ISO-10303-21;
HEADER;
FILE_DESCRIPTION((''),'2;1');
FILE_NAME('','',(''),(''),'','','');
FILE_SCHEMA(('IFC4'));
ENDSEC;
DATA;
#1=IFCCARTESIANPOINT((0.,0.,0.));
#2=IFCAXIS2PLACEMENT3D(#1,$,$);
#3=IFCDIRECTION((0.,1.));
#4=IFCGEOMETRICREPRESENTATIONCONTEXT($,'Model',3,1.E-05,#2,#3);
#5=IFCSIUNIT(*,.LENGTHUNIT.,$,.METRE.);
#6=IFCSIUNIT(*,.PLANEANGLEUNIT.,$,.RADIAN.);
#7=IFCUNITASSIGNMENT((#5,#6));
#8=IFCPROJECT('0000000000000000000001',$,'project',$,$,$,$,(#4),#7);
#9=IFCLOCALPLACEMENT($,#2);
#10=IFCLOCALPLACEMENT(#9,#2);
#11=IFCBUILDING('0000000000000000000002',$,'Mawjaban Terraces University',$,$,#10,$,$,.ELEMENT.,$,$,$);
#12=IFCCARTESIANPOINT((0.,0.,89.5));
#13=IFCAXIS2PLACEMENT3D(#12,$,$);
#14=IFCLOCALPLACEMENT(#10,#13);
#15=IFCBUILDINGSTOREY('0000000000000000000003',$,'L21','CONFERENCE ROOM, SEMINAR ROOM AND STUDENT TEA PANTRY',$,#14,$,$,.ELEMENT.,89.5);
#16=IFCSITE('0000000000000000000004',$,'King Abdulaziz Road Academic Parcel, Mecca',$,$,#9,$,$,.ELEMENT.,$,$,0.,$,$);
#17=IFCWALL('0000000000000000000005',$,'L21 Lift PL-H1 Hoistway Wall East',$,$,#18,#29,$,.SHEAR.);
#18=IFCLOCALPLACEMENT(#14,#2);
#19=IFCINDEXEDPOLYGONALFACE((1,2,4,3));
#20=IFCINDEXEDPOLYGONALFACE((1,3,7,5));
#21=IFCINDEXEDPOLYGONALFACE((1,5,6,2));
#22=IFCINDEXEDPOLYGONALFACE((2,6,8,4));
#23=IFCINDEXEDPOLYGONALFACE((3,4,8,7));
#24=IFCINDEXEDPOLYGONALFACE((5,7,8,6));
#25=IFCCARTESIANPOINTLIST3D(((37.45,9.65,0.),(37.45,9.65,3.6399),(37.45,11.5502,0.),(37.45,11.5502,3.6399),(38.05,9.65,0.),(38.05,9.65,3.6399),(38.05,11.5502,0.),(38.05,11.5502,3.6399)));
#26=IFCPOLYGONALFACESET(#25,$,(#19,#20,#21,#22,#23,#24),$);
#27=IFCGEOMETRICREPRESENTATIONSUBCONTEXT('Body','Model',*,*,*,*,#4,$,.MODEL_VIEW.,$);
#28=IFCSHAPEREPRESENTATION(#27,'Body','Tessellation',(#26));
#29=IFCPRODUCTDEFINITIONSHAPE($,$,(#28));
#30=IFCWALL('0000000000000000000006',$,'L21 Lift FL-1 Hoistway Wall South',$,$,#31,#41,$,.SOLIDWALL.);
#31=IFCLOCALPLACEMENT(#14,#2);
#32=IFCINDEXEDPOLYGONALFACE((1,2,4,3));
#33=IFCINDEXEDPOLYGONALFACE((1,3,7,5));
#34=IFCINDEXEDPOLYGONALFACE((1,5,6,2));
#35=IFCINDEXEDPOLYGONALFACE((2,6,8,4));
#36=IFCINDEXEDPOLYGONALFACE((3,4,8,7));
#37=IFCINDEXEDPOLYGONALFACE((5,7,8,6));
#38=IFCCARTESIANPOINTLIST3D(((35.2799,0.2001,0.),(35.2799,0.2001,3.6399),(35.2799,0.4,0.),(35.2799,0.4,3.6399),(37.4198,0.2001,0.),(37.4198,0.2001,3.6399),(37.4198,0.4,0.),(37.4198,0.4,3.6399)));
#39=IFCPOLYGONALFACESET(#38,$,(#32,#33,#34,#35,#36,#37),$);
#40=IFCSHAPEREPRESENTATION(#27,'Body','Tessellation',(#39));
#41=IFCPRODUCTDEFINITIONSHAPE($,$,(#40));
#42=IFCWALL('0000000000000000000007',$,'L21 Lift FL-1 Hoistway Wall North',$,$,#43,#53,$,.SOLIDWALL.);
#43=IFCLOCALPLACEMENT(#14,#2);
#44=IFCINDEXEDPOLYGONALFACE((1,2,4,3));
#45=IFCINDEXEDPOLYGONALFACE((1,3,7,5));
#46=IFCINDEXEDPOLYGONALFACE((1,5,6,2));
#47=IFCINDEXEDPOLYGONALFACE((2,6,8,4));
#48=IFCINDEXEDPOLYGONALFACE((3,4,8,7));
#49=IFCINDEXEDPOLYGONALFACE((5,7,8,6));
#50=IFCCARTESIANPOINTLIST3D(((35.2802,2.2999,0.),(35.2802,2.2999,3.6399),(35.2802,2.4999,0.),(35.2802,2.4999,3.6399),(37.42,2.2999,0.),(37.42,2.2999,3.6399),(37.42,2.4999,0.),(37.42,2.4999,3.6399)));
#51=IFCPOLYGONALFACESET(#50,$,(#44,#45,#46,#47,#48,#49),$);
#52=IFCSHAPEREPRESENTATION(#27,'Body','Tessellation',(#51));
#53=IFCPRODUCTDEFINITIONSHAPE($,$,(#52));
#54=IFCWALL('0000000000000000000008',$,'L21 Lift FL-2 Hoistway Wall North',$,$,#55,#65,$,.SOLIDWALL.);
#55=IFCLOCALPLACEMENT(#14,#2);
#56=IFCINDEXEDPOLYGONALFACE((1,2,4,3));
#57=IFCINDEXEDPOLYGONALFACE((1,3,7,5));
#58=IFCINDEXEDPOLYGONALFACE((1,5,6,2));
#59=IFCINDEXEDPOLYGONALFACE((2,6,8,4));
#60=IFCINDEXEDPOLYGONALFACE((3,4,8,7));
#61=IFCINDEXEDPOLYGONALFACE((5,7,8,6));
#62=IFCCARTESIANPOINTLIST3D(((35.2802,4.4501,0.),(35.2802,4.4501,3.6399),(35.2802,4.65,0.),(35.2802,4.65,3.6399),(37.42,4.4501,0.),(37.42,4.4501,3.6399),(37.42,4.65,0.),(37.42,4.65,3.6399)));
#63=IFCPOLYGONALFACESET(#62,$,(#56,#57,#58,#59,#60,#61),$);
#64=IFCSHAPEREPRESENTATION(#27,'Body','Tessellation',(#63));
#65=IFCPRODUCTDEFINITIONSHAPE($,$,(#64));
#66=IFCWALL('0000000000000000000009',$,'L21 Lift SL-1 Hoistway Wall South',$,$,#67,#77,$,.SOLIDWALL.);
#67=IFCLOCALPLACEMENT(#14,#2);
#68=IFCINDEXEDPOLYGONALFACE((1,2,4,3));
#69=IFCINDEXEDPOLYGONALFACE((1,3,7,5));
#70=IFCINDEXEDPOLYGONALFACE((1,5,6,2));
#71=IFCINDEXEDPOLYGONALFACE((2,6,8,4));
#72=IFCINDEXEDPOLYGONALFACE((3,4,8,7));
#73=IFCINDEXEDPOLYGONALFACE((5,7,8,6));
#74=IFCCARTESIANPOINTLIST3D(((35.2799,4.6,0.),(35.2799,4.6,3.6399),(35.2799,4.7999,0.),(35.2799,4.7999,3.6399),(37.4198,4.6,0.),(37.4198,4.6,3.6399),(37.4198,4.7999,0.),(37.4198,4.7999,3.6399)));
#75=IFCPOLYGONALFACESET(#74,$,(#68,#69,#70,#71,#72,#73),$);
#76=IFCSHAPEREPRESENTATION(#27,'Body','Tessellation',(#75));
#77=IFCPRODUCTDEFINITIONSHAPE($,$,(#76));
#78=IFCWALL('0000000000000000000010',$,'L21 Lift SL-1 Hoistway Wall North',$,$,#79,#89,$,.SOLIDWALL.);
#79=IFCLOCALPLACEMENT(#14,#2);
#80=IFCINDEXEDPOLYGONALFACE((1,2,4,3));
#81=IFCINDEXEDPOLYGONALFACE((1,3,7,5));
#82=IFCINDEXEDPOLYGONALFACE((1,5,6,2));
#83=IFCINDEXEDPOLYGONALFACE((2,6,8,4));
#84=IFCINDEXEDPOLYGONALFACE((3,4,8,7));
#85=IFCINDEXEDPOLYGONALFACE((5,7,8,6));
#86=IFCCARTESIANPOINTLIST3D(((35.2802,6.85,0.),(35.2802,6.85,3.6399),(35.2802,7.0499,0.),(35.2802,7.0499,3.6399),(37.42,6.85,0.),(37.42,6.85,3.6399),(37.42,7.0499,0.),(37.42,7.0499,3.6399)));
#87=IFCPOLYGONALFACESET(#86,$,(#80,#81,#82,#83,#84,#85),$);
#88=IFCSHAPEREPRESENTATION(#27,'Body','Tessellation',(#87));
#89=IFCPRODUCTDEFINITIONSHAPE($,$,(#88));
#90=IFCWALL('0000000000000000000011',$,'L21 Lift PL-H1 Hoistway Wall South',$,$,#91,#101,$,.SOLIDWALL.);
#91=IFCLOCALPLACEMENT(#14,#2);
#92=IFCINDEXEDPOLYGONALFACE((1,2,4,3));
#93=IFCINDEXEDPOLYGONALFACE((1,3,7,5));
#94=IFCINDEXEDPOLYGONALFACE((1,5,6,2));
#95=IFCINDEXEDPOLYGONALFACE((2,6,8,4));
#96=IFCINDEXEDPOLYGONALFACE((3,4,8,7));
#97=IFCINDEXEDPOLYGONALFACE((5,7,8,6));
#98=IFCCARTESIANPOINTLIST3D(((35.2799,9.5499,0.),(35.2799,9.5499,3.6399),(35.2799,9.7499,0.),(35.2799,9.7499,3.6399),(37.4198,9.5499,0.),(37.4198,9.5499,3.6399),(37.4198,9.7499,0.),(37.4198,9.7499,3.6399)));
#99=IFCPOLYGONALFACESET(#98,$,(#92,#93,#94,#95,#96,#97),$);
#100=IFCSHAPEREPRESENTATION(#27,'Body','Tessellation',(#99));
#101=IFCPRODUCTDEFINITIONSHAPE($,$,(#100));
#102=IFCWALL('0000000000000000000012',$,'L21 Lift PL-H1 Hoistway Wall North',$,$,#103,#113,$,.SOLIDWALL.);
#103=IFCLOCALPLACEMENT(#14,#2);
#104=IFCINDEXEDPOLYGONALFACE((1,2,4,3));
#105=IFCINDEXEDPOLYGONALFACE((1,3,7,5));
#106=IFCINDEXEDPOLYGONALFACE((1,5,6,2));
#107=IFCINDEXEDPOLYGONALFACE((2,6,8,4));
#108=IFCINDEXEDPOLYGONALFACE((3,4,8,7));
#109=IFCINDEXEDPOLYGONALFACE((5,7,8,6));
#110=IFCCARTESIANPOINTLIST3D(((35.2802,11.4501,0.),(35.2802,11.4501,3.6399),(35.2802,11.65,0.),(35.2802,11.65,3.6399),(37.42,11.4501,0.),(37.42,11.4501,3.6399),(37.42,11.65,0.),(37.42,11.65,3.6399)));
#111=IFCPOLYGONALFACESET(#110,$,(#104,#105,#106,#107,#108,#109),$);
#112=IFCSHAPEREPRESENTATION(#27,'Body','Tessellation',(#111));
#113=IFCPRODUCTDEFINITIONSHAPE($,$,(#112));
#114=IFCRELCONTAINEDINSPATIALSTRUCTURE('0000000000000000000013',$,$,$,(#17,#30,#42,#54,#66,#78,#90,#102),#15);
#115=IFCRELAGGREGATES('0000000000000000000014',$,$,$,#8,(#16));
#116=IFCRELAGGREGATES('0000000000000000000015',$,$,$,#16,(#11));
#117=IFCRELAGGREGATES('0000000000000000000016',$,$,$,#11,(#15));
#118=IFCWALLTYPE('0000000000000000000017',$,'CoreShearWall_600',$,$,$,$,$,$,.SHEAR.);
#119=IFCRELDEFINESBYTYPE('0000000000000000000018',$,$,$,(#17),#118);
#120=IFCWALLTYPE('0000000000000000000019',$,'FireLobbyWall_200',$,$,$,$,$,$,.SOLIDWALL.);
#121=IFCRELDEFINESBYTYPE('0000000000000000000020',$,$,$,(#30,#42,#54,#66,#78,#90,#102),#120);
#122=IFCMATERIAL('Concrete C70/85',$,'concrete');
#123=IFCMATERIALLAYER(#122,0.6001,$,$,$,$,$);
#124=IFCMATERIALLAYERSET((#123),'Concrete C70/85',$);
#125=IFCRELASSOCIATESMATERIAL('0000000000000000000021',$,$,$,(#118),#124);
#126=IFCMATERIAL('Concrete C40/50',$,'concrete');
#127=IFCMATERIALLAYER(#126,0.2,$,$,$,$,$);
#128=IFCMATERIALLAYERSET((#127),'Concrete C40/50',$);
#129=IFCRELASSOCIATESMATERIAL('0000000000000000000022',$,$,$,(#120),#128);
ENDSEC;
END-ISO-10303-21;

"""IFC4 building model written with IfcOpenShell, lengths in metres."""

from ifc_helpers import new_model, si_unit, direction, frame, frame_2d, origin, place, context, subcontext, project, spatial, rectangle, extrude, material, layer, layer_set, type_object, element, save


model = new_model("IFC4")

# Units and contexts
model_context = context("Model", 3, precision=1e-05, world=origin(), true_north=direction((0.0, 1.0)))
body_context = subcontext(model_context, "Body", "Model", "MODEL_VIEW")
ifc_project = project(units=[si_unit("LENGTHUNIT", "METRE"), si_unit("PLANEANGLEUNIT", "RADIAN")], contexts=[model_context])

# Site, building, storey
site_placement = place(None, origin())
site = spatial("IfcSite", under=ifc_project, at=site_placement, Name="King Abdulaziz Road Academic Parcel, Mecca", CompositionType="ELEMENT", RefElevation=0.0)
building_placement = place(site_placement, origin())
building = spatial("IfcBuilding", under=site, at=building_placement, Name="Mawjaban Terraces University", CompositionType="ELEMENT")
storey_placement = place(building_placement, frame((0.0, 0.0, 89.5)))
storey = spatial("IfcBuildingStorey", under=building, at=storey_placement, Name="L21", Description="CONFERENCE ROOM, SEMINAR ROOM AND STUDENT TEA PANTRY", CompositionType="ELEMENT", Elevation=89.5)

# Shared definitions
ifc_material_1 = material(Name="Concrete C70/85", Category="concrete")

# Walls
ifc_layer_1 = layer(ifc_material_1, 0.6001)
ifc_layer_set_1 = layer_set([ifc_layer_1], Name="Concrete C70/85")
wall_type_1 = type_object("IfcWallType", Name="CoreShearWall_600", PredefinedType="SHEAR", material=ifc_layer_set_1)
wall_1_placement = place(storey_placement, frame((37.75, 9.6499, 0.0), z_axis=(0.0, 0.0, 1.0), x_axis=(0.0, 1.0, 0.0)))
element("IfcWall", 1, at=wall_1_placement, inside=storey, type_object=wall_type_1, Name="L21 Lift PL-H1 Hoistway Wall East", PredefinedType="SHEAR", context=body_context, shape_type="SweptSolid", body=[
    extrude(rectangle(XDim=1.9001, YDim=0.6001, at=frame_2d((0.9502, 0.0))), origin(), (0.0, 0.0, 1.0), 3.6399),
])
ifc_material_2 = material(Name="Concrete C40/50", Category="concrete")
ifc_layer_2 = layer(ifc_material_2, 0.2)
ifc_layer_set_2 = layer_set([ifc_layer_2], Name="Concrete C40/50")
wall_type_2 = type_object("IfcWallType", Name="FireLobbyWall_200", PredefinedType="SOLIDWALL", material=ifc_layer_set_2)
for number, where, z_axis, x_axis, name in (
    (2, (35.28, 0.3, 0.0), (0.0, 0.0, 1.0), (1.0, 0.0, 0.0), "L21 Lift FL-1 Hoistway Wall South"),
    (3, (37.4199, 2.3999, 0.0), (0.0, 0.0, 1.0), (-1.0, 0.0, 0.0), "L21 Lift FL-1 Hoistway Wall North"),
    (4, (37.4199, 4.55, 0.0), (0.0, 0.0, 1.0), (-1.0, 0.0, 0.0), "L21 Lift FL-2 Hoistway Wall North"),
    (5, (35.28, 4.7, 0.0), (0.0, 0.0, 1.0), (1.0, 0.0, 0.0), "L21 Lift SL-1 Hoistway Wall South"),
    (6, (37.4199, 6.95, 0.0), (0.0, 0.0, 1.0), (-1.0, 0.0, 0.0), "L21 Lift SL-1 Hoistway Wall North"),
    (7, (35.28, 9.6499, 0.0), (0.0, 0.0, 1.0), (1.0, 0.0, 0.0), "L21 Lift PL-H1 Hoistway Wall South"),
    (8, (37.4199, 11.55, 0.0), (0.0, 0.0, 1.0), (-1.0, 0.0, 0.0), "L21 Lift PL-H1 Hoistway Wall North"),
):
    element("IfcWall", number, at=place(storey_placement, frame(where, z_axis=z_axis, x_axis=x_axis)), inside=storey, type_object=wall_type_2, Name=name, PredefinedType="SOLIDWALL", context=body_context, shape_type="SweptSolid", body=[
        extrude(rectangle(XDim=2.1399, YDim=0.2, at=frame_2d((1.0698, 0.0))), origin(), (0.0, 0.0, 1.0), 3.6399),
    ])

save(model, "model.ifc")
